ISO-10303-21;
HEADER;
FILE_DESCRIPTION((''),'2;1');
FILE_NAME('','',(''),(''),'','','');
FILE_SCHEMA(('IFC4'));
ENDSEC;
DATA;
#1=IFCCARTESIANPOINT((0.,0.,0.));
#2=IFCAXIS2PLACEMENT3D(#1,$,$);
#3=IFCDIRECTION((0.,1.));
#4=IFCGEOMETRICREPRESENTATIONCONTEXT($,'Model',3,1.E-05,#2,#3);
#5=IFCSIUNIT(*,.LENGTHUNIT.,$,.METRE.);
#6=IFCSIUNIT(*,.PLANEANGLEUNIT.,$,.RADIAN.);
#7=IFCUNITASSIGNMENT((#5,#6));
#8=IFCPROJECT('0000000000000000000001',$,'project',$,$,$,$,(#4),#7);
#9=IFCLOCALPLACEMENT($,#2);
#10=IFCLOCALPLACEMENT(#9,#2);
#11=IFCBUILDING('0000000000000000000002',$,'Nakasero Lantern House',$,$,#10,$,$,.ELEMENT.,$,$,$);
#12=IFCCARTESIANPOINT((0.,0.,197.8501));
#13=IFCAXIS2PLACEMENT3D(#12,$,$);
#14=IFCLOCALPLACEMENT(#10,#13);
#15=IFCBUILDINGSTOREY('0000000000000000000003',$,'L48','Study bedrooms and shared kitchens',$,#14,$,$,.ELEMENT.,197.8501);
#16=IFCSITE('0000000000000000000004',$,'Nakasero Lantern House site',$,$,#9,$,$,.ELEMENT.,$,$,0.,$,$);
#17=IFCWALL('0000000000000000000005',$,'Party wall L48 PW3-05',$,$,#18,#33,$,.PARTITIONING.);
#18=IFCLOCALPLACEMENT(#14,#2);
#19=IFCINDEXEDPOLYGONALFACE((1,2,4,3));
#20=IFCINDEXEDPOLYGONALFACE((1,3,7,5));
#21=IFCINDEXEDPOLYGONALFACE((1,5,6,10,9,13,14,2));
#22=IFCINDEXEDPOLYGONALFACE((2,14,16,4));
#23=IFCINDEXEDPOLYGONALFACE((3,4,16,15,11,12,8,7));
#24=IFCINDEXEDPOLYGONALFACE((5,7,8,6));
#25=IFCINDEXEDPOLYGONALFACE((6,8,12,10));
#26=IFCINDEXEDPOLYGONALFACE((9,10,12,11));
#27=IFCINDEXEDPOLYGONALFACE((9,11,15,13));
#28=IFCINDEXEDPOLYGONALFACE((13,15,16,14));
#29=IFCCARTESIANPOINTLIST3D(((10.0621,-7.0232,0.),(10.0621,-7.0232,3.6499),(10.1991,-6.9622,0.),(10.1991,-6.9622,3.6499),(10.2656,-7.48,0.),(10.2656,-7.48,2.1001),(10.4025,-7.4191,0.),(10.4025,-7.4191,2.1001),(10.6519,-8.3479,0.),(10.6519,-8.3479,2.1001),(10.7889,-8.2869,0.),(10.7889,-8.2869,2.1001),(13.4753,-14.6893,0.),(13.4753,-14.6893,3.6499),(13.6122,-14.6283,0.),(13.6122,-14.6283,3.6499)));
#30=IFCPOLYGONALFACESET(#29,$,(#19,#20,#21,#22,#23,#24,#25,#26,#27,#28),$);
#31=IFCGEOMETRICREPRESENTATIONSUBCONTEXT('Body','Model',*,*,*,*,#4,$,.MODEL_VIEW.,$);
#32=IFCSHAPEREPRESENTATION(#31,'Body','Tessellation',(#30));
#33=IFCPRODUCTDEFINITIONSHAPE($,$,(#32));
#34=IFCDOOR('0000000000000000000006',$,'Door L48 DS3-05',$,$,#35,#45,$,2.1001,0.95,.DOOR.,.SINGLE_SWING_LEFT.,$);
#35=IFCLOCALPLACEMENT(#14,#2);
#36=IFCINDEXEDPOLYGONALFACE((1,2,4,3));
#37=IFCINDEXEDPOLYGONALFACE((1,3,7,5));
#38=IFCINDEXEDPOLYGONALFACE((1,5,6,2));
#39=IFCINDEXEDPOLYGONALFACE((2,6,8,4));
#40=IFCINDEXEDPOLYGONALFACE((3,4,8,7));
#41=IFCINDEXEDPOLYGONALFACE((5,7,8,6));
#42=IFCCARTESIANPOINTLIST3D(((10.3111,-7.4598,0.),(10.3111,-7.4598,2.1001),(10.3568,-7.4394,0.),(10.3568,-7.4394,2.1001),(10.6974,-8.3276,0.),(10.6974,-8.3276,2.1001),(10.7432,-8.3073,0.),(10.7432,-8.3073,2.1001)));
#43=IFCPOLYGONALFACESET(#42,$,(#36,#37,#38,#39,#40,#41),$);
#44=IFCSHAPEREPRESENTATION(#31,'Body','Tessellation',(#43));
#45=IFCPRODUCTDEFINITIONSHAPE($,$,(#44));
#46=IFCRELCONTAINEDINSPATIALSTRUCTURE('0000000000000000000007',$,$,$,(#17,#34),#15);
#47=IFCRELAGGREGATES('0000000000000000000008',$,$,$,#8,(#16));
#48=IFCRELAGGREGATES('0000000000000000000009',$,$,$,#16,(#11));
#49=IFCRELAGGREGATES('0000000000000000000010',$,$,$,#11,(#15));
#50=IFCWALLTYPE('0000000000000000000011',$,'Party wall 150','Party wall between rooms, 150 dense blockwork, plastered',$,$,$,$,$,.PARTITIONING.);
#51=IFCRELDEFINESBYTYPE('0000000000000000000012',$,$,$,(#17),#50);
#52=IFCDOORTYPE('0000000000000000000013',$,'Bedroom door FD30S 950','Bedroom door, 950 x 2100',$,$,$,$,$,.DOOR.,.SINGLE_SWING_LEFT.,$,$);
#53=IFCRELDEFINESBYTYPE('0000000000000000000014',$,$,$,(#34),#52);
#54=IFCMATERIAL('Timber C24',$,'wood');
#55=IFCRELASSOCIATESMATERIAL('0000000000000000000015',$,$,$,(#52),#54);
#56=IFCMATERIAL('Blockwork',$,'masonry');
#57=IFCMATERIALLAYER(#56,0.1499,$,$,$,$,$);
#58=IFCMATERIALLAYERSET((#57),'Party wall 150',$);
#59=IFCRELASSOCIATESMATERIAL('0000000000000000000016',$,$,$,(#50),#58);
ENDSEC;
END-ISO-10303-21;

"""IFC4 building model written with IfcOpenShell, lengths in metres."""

from ifc_helpers import new_model, si_unit, direction, frame, frame_2d, origin, place, context, subcontext, project, spatial, rectangle, extrude, material, layer, layer_set, type_object, element, fill, save


model = new_model("IFC4")

# Units and contexts
model_context = context("Model", 3, precision=1e-05, world=origin(), true_north=direction((0.0, 1.0)))
body_context = subcontext(model_context, "Body", "Model", "MODEL_VIEW")
ifc_project = project(units=[si_unit("LENGTHUNIT", "METRE"), si_unit("PLANEANGLEUNIT", "RADIAN")], contexts=[model_context])

# Site, building, storey
site_placement = place(None, origin())
site = spatial("IfcSite", under=ifc_project, at=site_placement, Name="Nakasero Lantern House site", CompositionType="ELEMENT", RefElevation=0.0)
building_placement = place(site_placement, origin())
building = spatial("IfcBuilding", under=site, at=building_placement, Name="Nakasero Lantern House", CompositionType="ELEMENT")
storey_placement = place(building_placement, frame((0.0, 0.0, 197.8501)))
storey = spatial("IfcBuildingStorey", under=building, at=storey_placement, Name="L48", Description="Study bedrooms and shared kitchens", CompositionType="ELEMENT", Elevation=197.8501)

# Shared definitions
ifc_material_1 = material(Name="Timber C24", Category="wood")
door_type_1 = type_object("IfcDoorType", Name="Bedroom door FD30S 950", Description="Bedroom door, 950 x 2100", OperationType="SINGLE_SWING_LEFT", PredefinedType="DOOR", material=ifc_material_1)

# Shared definitions
ifc_material_2 = material(Name="Blockwork", Category="masonry")
ifc_layer_1 = layer(ifc_material_2, 0.1499)
ifc_layer_set_1 = layer_set([ifc_layer_1], Name="Party wall 150")
wall_type_1 = type_object("IfcWallType", Name="Party wall 150", Description="Party wall between rooms, 150 dense blockwork, plastered", PredefinedType="PARTITIONING", material=ifc_layer_set_1)

# Wall, opening, door
wall_1_placement = place(storey_placement, frame((10.1306, -6.9927, 0.0), z_axis=(0.0, 0.0, 1.0), x_axis=(0.406732, -0.913547, 0.0)))
wall_1 = element("IfcWall", 1, at=wall_1_placement, inside=storey, type_object=wall_type_1, Name="Party wall L48 PW3-05", PredefinedType="PARTITIONING", context=body_context, shape_type="SweptSolid", body=[
    extrude(rectangle(XDim=8.3916, YDim=0.1499, at=frame_2d((4.1958, 0.0))), origin(), (0.0, 0.0, 1.0), 3.6499),
])
opening_1_placement = place(wall_1_placement, frame((0.5, 0.0, 0.0)))
opening_1 = element("IfcOpeningElement", 2, at=opening_1_placement, cuts=wall_1, PredefinedType="OPENING", context=body_context, shape_type="SweptSolid", body=[
    extrude(rectangle(XDim=0.95, YDim=2.1001, at=frame_2d((0.4751, 1.05))), frame((0.0, 0.095, 0.0), z_axis=(0.0, -1.0, 0.0), x_axis=(1.0, 0.0, 0.0)), (0.0, 0.0, 1.0), 0.1899),
])
door_1_placement = place(opening_1_placement, origin())
door_1 = element("IfcDoor", 3, at=door_1_placement, inside=storey, type_object=door_type_1, Name="Door L48 DS3-05", OperationType="SINGLE_SWING_LEFT", OverallHeight=2.1001, OverallWidth=0.95, PredefinedType="DOOR", context=body_context, shape_type="SweptSolid", body=[
    extrude(rectangle(XDim=0.95, YDim=2.1001, at=frame_2d((0.4751, 1.05))), frame((0.0, 0.0249, 0.0), z_axis=(0.0, -1.0, 0.0), x_axis=(1.0, 0.0, 0.0)), (0.0, 0.0, 1.0), 0.05),
])
fill(opening_1, door_1)

save(model, "model.ifc")
